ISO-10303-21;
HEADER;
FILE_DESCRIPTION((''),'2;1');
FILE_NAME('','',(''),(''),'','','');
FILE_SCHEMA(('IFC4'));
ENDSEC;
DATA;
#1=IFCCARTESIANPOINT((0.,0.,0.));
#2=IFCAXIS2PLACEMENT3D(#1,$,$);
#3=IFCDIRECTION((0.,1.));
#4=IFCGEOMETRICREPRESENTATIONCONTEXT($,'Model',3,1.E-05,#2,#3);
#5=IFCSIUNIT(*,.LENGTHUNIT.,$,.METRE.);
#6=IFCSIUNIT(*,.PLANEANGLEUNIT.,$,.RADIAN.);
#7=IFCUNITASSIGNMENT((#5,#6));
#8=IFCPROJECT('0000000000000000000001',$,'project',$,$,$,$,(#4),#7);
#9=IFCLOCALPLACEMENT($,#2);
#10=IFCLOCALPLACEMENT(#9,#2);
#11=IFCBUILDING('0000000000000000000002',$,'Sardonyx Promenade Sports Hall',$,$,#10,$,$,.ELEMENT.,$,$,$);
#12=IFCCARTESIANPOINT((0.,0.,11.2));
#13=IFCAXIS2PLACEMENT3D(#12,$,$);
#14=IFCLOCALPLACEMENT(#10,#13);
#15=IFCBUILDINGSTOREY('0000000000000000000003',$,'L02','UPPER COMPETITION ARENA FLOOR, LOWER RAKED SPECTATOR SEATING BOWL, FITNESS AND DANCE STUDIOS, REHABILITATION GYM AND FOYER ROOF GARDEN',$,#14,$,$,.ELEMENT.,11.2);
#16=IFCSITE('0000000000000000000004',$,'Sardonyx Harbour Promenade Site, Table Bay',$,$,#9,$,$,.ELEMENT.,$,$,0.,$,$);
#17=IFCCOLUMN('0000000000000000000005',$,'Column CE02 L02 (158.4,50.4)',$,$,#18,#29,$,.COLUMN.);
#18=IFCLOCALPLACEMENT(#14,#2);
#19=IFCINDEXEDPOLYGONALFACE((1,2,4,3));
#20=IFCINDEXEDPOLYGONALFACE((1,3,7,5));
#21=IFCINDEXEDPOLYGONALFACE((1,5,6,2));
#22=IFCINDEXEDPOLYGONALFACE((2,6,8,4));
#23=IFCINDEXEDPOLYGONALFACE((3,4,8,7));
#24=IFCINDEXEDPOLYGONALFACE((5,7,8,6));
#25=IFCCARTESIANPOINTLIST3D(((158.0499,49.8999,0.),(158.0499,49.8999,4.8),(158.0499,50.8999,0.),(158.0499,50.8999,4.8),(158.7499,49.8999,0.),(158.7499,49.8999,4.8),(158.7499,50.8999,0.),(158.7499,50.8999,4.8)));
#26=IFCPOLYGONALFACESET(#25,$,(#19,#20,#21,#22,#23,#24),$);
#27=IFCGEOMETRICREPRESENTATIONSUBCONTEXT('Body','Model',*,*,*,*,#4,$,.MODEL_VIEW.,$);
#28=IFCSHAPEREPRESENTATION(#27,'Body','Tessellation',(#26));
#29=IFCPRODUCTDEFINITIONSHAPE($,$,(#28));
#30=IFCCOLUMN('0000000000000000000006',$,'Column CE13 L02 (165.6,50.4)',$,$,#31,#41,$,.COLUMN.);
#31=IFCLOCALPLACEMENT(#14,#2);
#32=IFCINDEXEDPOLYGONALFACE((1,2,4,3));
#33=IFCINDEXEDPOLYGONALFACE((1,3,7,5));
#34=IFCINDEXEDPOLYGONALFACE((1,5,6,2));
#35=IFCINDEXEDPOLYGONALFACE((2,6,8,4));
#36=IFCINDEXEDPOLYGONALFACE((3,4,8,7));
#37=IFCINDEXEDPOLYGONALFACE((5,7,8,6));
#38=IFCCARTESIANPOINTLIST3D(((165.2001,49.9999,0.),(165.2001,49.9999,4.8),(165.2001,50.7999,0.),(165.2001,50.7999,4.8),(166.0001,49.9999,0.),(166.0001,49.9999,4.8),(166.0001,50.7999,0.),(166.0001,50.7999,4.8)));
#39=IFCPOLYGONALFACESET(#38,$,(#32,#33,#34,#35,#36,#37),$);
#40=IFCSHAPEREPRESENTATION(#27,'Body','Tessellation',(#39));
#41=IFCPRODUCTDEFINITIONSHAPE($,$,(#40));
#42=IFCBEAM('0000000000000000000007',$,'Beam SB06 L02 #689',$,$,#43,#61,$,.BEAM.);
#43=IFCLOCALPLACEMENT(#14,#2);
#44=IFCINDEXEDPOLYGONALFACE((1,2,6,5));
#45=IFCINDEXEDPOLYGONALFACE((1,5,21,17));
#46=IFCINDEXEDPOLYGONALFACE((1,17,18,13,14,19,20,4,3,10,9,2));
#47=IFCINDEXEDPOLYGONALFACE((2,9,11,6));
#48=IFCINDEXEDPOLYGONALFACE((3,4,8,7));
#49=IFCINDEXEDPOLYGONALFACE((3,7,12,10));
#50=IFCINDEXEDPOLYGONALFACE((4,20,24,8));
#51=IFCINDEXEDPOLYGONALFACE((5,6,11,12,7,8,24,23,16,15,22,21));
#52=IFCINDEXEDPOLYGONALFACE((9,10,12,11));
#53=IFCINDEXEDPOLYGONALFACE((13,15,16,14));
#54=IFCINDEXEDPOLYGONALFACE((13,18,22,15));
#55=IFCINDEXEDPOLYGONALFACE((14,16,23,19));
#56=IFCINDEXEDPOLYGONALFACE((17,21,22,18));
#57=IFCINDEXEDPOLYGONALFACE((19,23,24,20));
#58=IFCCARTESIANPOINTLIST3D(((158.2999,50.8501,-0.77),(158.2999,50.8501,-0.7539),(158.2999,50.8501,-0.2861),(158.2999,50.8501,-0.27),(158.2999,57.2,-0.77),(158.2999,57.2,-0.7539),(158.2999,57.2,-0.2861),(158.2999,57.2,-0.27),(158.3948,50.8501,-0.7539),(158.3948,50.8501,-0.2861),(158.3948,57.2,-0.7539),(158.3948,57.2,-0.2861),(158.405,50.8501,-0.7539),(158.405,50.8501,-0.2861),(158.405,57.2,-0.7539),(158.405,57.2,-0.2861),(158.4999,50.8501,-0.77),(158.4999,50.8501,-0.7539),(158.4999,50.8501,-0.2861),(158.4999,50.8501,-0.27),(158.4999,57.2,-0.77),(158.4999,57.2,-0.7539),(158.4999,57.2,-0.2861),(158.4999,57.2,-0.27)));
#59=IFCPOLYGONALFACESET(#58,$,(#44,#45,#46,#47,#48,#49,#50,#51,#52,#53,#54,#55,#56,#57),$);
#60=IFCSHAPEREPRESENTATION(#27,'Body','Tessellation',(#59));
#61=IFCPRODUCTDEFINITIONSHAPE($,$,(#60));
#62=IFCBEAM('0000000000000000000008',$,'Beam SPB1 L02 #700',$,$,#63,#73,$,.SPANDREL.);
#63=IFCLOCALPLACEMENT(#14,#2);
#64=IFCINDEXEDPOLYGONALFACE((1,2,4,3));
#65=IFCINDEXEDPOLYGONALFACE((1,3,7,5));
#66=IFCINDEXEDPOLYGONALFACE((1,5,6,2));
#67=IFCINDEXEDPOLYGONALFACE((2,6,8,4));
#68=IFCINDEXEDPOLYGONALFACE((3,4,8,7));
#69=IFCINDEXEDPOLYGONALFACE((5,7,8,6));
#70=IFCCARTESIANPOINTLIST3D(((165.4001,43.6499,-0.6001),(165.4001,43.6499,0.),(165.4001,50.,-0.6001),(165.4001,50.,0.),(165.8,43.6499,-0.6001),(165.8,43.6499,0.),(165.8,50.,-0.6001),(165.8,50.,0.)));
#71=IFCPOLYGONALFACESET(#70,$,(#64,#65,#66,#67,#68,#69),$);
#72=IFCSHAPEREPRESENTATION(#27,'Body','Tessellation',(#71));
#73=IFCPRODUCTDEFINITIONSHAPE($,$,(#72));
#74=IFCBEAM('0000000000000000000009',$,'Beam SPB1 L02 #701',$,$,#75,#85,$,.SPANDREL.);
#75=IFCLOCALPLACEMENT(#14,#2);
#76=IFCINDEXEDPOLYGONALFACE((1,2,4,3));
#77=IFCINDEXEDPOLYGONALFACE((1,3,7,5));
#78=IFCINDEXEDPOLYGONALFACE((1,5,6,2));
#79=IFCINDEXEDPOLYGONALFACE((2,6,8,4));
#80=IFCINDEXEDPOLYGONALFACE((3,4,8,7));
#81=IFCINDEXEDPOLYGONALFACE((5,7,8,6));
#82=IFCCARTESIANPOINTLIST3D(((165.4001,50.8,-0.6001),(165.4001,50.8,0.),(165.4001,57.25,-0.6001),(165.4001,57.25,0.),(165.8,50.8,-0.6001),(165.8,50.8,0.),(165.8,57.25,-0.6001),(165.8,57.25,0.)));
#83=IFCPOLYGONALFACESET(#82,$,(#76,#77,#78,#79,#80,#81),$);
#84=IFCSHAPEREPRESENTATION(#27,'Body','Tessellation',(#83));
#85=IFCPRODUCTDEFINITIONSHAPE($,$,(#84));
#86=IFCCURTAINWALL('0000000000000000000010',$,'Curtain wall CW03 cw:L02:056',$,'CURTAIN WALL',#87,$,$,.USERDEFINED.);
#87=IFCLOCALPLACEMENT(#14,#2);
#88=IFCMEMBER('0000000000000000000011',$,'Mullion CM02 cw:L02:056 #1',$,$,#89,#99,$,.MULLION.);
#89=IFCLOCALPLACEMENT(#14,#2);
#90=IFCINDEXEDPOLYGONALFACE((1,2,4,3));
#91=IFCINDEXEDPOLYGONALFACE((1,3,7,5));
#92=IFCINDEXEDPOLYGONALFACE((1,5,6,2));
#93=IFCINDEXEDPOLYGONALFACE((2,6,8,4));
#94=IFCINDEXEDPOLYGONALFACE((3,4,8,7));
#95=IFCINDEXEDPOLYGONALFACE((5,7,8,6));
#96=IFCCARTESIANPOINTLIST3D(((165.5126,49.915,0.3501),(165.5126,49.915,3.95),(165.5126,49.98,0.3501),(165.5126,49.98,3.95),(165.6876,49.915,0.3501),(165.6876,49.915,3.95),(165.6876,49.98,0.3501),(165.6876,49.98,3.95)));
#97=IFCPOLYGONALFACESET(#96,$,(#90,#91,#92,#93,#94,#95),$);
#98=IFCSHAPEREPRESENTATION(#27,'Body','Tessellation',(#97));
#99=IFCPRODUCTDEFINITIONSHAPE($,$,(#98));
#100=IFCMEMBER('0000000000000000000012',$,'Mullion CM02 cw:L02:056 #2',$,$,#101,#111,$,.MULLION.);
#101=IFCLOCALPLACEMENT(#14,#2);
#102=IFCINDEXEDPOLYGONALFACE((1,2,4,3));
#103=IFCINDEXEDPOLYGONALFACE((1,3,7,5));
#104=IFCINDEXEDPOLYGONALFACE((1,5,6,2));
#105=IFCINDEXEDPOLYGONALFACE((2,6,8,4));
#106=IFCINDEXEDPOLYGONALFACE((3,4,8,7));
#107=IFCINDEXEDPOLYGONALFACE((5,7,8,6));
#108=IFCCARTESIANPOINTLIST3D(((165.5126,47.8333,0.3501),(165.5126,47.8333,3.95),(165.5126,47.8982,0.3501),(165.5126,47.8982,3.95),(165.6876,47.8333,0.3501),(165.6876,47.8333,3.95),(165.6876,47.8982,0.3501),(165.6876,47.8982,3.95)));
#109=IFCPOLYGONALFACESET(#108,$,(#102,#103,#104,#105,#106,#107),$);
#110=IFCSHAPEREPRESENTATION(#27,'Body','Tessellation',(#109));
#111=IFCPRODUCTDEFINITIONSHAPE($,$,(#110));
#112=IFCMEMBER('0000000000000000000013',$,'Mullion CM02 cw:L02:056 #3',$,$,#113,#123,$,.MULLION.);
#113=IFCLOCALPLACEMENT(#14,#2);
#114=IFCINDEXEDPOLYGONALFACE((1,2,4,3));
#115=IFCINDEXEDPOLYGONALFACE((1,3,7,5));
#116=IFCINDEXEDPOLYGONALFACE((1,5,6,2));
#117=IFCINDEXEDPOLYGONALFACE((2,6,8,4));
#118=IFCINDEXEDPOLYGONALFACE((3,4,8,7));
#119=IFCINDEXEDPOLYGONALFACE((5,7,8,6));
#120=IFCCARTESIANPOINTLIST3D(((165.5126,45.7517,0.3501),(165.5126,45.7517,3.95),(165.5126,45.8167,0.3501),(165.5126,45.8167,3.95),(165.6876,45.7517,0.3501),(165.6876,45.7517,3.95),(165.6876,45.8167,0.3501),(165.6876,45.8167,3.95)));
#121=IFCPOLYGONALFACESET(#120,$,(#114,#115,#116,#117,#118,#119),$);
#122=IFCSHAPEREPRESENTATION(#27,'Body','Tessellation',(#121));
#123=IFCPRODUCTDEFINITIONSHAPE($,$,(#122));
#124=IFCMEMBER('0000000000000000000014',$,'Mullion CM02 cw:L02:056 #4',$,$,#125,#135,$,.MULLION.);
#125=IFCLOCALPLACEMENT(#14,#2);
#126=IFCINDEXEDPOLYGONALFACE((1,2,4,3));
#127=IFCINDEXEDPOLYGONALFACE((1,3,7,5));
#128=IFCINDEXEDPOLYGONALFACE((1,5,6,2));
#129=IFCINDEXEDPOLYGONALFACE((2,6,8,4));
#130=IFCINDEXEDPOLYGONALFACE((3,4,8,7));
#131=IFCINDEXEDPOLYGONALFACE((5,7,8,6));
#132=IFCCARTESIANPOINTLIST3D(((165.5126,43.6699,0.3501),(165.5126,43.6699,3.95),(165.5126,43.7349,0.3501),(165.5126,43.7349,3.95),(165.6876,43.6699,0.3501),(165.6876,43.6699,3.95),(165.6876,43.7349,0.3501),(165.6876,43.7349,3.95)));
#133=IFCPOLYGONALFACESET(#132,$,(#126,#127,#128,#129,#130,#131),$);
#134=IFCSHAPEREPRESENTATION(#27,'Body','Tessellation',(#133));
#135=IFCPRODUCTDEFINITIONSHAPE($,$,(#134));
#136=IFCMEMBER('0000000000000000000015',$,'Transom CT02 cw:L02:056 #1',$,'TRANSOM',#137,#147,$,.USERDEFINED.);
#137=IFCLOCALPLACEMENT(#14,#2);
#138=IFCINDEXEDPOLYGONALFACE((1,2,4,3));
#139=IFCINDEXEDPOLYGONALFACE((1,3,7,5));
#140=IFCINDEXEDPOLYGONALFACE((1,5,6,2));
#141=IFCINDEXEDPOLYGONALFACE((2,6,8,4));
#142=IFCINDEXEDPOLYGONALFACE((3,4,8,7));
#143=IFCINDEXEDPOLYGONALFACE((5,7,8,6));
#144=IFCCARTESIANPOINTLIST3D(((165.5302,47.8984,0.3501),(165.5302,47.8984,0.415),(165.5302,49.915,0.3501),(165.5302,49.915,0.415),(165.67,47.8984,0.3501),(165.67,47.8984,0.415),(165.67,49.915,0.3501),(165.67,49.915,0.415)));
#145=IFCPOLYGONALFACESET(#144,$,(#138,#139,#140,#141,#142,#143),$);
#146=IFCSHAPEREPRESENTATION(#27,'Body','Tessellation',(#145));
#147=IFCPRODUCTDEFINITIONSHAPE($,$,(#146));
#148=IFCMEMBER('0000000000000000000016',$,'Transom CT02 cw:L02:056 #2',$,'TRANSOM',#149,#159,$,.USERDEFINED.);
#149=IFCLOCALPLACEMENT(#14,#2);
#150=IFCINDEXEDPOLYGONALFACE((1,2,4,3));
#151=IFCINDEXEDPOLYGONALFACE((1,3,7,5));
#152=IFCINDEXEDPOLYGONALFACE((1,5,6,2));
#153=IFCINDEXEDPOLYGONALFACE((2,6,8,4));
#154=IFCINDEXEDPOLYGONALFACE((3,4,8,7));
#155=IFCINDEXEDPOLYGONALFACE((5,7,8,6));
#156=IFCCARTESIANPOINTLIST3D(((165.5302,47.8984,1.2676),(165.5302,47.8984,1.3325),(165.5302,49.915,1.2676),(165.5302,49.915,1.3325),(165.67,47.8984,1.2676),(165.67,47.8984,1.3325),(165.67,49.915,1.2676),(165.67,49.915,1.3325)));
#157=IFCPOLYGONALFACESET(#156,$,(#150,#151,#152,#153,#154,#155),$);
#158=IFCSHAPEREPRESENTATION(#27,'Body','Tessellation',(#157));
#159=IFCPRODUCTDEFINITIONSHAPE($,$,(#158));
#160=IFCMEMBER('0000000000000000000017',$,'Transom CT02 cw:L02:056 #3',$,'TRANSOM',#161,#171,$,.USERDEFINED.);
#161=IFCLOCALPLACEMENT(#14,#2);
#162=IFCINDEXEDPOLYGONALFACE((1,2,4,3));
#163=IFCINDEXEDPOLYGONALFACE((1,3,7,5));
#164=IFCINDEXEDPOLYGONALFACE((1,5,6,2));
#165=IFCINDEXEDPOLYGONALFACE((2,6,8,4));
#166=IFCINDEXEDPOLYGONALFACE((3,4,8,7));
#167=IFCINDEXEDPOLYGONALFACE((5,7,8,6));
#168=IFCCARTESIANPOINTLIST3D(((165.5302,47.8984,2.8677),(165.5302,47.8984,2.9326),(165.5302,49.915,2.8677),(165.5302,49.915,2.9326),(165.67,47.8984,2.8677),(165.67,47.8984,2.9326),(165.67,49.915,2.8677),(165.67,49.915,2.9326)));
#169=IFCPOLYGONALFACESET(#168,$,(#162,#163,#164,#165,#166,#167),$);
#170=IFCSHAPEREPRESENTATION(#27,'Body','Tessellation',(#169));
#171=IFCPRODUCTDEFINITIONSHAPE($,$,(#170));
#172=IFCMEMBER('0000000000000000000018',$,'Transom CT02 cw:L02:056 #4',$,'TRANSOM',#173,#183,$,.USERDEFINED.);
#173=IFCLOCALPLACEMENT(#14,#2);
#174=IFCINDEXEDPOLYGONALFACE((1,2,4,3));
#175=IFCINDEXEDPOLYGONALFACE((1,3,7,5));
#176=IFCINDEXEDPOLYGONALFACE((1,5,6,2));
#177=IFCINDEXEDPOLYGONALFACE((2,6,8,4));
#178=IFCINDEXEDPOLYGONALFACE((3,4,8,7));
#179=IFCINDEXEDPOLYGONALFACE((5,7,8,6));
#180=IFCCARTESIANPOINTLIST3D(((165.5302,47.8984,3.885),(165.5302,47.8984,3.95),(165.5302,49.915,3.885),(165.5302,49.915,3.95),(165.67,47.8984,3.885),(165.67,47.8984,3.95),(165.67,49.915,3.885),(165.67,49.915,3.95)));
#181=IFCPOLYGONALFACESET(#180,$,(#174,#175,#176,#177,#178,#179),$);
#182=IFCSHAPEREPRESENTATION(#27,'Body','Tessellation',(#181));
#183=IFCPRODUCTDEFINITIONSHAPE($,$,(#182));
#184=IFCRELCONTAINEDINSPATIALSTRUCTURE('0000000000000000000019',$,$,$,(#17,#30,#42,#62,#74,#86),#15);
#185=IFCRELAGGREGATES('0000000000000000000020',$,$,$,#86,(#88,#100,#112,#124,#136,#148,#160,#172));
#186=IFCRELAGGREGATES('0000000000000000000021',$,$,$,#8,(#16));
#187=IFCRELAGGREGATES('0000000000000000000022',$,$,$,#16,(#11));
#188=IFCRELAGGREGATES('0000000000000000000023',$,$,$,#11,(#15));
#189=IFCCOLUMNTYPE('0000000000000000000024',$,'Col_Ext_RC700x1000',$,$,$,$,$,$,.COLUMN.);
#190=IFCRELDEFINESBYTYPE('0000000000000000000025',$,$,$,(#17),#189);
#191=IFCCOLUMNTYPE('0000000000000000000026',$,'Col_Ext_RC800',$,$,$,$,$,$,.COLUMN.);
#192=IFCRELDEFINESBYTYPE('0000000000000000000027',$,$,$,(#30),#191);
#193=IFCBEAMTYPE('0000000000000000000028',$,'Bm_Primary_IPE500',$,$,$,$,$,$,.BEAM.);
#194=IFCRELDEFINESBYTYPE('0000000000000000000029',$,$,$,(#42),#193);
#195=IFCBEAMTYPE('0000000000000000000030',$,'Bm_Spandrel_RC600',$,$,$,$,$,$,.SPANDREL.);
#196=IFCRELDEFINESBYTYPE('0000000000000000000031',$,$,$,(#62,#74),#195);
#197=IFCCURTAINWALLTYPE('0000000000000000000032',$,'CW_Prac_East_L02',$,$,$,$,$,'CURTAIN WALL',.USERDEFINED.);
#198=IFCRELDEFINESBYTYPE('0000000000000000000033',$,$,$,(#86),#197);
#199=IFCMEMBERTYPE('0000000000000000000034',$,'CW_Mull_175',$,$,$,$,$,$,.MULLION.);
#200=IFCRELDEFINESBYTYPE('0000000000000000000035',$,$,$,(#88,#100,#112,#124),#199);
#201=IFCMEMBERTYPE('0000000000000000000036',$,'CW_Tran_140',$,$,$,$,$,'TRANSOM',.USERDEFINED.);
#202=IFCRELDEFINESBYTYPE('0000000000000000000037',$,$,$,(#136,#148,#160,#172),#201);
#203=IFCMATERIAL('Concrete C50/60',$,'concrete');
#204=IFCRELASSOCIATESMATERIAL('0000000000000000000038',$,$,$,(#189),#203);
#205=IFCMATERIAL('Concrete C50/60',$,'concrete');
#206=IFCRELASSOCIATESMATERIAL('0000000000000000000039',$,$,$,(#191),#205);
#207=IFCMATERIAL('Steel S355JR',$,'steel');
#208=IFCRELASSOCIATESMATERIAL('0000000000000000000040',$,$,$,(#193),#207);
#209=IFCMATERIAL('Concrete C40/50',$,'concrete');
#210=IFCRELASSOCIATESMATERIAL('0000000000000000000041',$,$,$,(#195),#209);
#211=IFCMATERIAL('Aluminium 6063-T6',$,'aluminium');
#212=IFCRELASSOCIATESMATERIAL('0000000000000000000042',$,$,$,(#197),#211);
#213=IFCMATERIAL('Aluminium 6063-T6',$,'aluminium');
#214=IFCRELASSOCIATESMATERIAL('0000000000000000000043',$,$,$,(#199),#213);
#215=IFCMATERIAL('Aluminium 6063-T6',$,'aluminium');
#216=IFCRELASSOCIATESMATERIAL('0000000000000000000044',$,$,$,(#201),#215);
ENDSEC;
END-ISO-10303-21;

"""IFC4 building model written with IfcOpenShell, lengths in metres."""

from ifc_helpers import new_model, si_unit, direction, frame, origin, origin_2d, place, context, subcontext, project, spatial, rectangle, i_section, extrude, material, material_profile, profile_set, type_object, element, aggregate, save


model = new_model("IFC4")

# Units and contexts
model_context = context("Model", 3, precision=1e-05, world=origin(), true_north=direction((0.0, 1.0)))
body_context = subcontext(model_context, "Body", "Model", "MODEL_VIEW")
ifc_project = project(units=[si_unit("LENGTHUNIT", "METRE"), si_unit("PLANEANGLEUNIT", "RADIAN")], contexts=[model_context])

# Site, building, storey
site_placement = place(None, origin())
site = spatial("IfcSite", under=ifc_project, at=site_placement, Name="Sardonyx Harbour Promenade Site, Table Bay", CompositionType="ELEMENT", RefElevation=0.0)
building_placement = place(site_placement, origin())
building = spatial("IfcBuilding", under=site, at=building_placement, Name="Sardonyx Promenade Sports Hall", CompositionType="ELEMENT")
storey_placement = place(building_placement, frame((0.0, 0.0, 11.2)))
storey = spatial("IfcBuildingStorey", under=building, at=storey_placement, Name="L02", Description="UPPER COMPETITION ARENA FLOOR, LOWER RAKED SPECTATOR SEATING BOWL, FITNESS AND DANCE STUDIOS, REHABILITATION GYM AND FOYER ROOF GARDEN", CompositionType="ELEMENT", Elevation=11.2)

# Columns
ifc_material_1 = material(Name="Concrete C50/60", Category="concrete")
ifc_material_profile_1 = material_profile(ifc_material_1, rectangle(XDim=0.7, YDim=1.0, at=origin_2d()))
ifc_profile_set_1 = profile_set([ifc_material_profile_1], Name="Concrete C50/60")
column_type_1 = type_object("IfcColumnType", Name="Col_Ext_RC700x1000", PredefinedType="COLUMN", material=ifc_profile_set_1)
column_1_placement = place(storey_placement, frame((158.3999, 50.3999, 0.0), z_axis=(0.0, 0.0, 1.0), x_axis=(1.0, 0.0, 0.0)))
element("IfcColumn", 1, at=column_1_placement, inside=storey, type_object=column_type_1, Name="Column CE02 L02 (158.4,50.4)", PredefinedType="COLUMN", context=body_context, shape_type="SweptSolid", body=[
    extrude(rectangle(XDim=0.7, YDim=1.0, at=origin_2d()), origin(), (0.0, 0.0, 1.0), 4.8),
])
ifc_material_2 = material(Name="Concrete C50/60", Category="concrete")
ifc_material_profile_2 = material_profile(ifc_material_2, rectangle(XDim=0.8, YDim=0.8, at=origin_2d()))
ifc_profile_set_2 = profile_set([ifc_material_profile_2], Name="Concrete C50/60")
column_type_2 = type_object("IfcColumnType", Name="Col_Ext_RC800", PredefinedType="COLUMN", material=ifc_profile_set_2)
column_2_placement = place(storey_placement, frame((165.6001, 50.3999, 0.0), z_axis=(0.0, 0.0, 1.0), x_axis=(1.0, 0.0, 0.0)))
element("IfcColumn", 2, at=column_2_placement, inside=storey, type_object=column_type_2, Name="Column CE13 L02 (165.6,50.4)", PredefinedType="COLUMN", context=body_context, shape_type="SweptSolid", body=[
    extrude(rectangle(XDim=0.8, YDim=0.8, at=origin_2d()), origin(), (0.0, 0.0, 1.0), 4.8),
])

# Beams
ifc_material_3 = material(Name="Steel S355JR", Category="steel")
ifc_material_profile_3 = material_profile(ifc_material_3, i_section(OverallWidth=0.2, OverallDepth=0.5, WebThickness=0.0103, FlangeThickness=0.0161, at=origin_2d()))
ifc_profile_set_3 = profile_set([ifc_material_profile_3], Name="Steel S355JR")
beam_type_1 = type_object("IfcBeamType", Name="Bm_Primary_IPE500", PredefinedType="BEAM", material=ifc_profile_set_3)
beam_1_placement = place(storey_placement, frame((158.3999, 50.8501, -0.52), z_axis=(0.0, 1.0, 0.0), x_axis=(-1.0, 0.0, 0.0)))
element("IfcBeam", 3, at=beam_1_placement, inside=storey, type_object=beam_type_1, Name="Beam SB06 L02 #689", PredefinedType="BEAM", context=body_context, shape_type="SweptSolid", body=[
    extrude(i_section(OverallWidth=0.2, OverallDepth=0.5, WebThickness=0.0103, FlangeThickness=0.0161, at=origin_2d()), origin(), (0.0, 0.0, 1.0), 6.3499),
])
ifc_material_4 = material(Name="Concrete C40/50", Category="concrete")
ifc_material_profile_4 = material_profile(ifc_material_4, rectangle(XDim=0.3999, YDim=0.6001, at=origin_2d()))
ifc_profile_set_4 = profile_set([ifc_material_profile_4], Name="Concrete C40/50")
beam_type_2 = type_object("IfcBeamType", Name="Bm_Spandrel_RC600", PredefinedType="SPANDREL", material=ifc_profile_set_4)
beam_2_placement = place(storey_placement, frame((165.6001, 43.6499, -0.3), z_axis=(0.0, 1.0, 0.0), x_axis=(-1.0, 0.0, 0.0)))
element("IfcBeam", 4, at=beam_2_placement, inside=storey, type_object=beam_type_2, Name="Beam SPB1 L02 #700", PredefinedType="SPANDREL", context=body_context, shape_type="SweptSolid", body=[
    extrude(rectangle(XDim=0.3999, YDim=0.6001, at=origin_2d()), origin(), (0.0, 0.0, 1.0), 6.3501),
])
beam_3_placement = place(storey_placement, frame((165.6001, 50.8, -0.3), z_axis=(0.0, 1.0, 0.0), x_axis=(-1.0, 0.0, 0.0)))
element("IfcBeam", 5, at=beam_3_placement, inside=storey, type_object=beam_type_2, Name="Beam SPB1 L02 #701", PredefinedType="SPANDREL", context=body_context, shape_type="SweptSolid", body=[
    extrude(rectangle(XDim=0.3999, YDim=0.6001, at=origin_2d()), origin(), (0.0, 0.0, 1.0), 6.45),
])

# Curtain wall, members
ifc_material_5 = material(Name="Aluminium 6063-T6", Category="aluminium")
curtain_wall_type = type_object("IfcCurtainWallType", Name="CW_Prac_East_L02", ElementType="CURTAIN WALL", PredefinedType="USERDEFINED", material=ifc_material_5)
curtain_wall_placement = place(storey_placement, origin())
curtain_wall = element("IfcCurtainWall", 6, at=curtain_wall_placement, inside=storey, type_object=curtain_wall_type, Name="Curtain wall CW03 cw:L02:056", ObjectType="CURTAIN WALL", PredefinedType="USERDEFINED")
ifc_material_6 = material(Name="Aluminium 6063-T6", Category="aluminium")
ifc_material_profile_5 = material_profile(ifc_material_6, rectangle(XDim=0.0649, YDim=0.175, at=origin_2d()))
ifc_profile_set_5 = profile_set([ifc_material_profile_5], Name="Aluminium 6063-T6")
member_type_1 = type_object("IfcMemberType", Name="CW_Mull_175", PredefinedType="MULLION", material=ifc_profile_set_5)
member_1_placement = place(storey_placement, frame((165.6001, 49.9475, 0.3501), z_axis=(0.0, 0.0, 1.0), x_axis=(0.0, -1.0, 0.0)))
member_1 = element("IfcMember", 7, at=member_1_placement, type_object=member_type_1, Name="Mullion CM02 cw:L02:056 #1", PredefinedType="MULLION", context=body_context, shape_type="SweptSolid", body=[
    extrude(rectangle(XDim=0.0649, YDim=0.175, at=origin_2d()), origin(), (0.0, 0.0, 1.0), 3.5999),
])
member_2_placement = place(storey_placement, frame((165.6001, 47.8657, 0.3501), z_axis=(0.0, 0.0, 1.0), x_axis=(0.0, -1.0, 0.0)))
member_2 = element("IfcMember", 8, at=member_2_placement, type_object=member_type_1, Name="Mullion CM02 cw:L02:056 #2", PredefinedType="MULLION", context=body_context, shape_type="SweptSolid", body=[
    extrude(rectangle(XDim=0.0649, YDim=0.175, at=origin_2d()), origin(), (0.0, 0.0, 1.0), 3.5999),
])
member_3_placement = place(storey_placement, frame((165.6001, 45.7842, 0.3501), z_axis=(0.0, 0.0, 1.0), x_axis=(0.0, -1.0, 0.0)))
member_3 = element("IfcMember", 9, at=member_3_placement, type_object=member_type_1, Name="Mullion CM02 cw:L02:056 #3", PredefinedType="MULLION", context=body_context, shape_type="SweptSolid", body=[
    extrude(rectangle(XDim=0.0649, YDim=0.175, at=origin_2d()), origin(), (0.0, 0.0, 1.0), 3.5999),
])
member_4_placement = place(storey_placement, frame((165.6001, 43.7024, 0.3501), z_axis=(0.0, 0.0, 1.0), x_axis=(0.0, -1.0, 0.0)))
member_4 = element("IfcMember", 10, at=member_4_placement, type_object=member_type_1, Name="Mullion CM02 cw:L02:056 #4", PredefinedType="MULLION", context=body_context, shape_type="SweptSolid", body=[
    extrude(rectangle(XDim=0.0649, YDim=0.175, at=origin_2d()), origin(), (0.0, 0.0, 1.0), 3.5999),
])
ifc_material_7 = material(Name="Aluminium 6063-T6", Category="aluminium")
ifc_material_profile_6 = material_profile(ifc_material_7, rectangle(XDim=0.0649, YDim=0.1399, at=origin_2d()))
ifc_profile_set_6 = profile_set([ifc_material_profile_6], Name="Aluminium 6063-T6")
member_type_2 = type_object("IfcMemberType", Name="CW_Tran_140", ElementType="TRANSOM", PredefinedType="USERDEFINED", material=ifc_profile_set_6)
member_5_placement = place(storey_placement, frame((165.6001, 49.915, 0.3826), z_axis=(0.0, -1.0, 0.0), x_axis=(0.0, 0.0, 1.0)))
member_5 = element("IfcMember", 11, at=member_5_placement, type_object=member_type_2, Name="Transom CT02 cw:L02:056 #1", ObjectType="TRANSOM", PredefinedType="USERDEFINED", context=body_context, shape_type="SweptSolid", body=[
    extrude(rectangle(XDim=0.0649, YDim=0.1399, at=origin_2d()), origin(), (0.0, 0.0, 1.0), 2.0166),
])
member_6_placement = place(storey_placement, frame((165.6001, 49.915, 1.3), z_axis=(0.0, -1.0, 0.0), x_axis=(0.0, 0.0, 1.0)))
member_6 = element("IfcMember", 12, at=member_6_placement, type_object=member_type_2, Name="Transom CT02 cw:L02:056 #2", ObjectType="TRANSOM", PredefinedType="USERDEFINED", context=body_context, shape_type="SweptSolid", body=[
    extrude(rectangle(XDim=0.0649, YDim=0.1399, at=origin_2d()), origin(), (0.0, 0.0, 1.0), 2.0166),
])
member_7_placement = place(storey_placement, frame((165.6001, 49.915, 2.9001), z_axis=(0.0, -1.0, 0.0), x_axis=(0.0, 0.0, 1.0)))
member_7 = element("IfcMember", 13, at=member_7_placement, type_object=member_type_2, Name="Transom CT02 cw:L02:056 #3", ObjectType="TRANSOM", PredefinedType="USERDEFINED", context=body_context, shape_type="SweptSolid", body=[
    extrude(rectangle(XDim=0.0649, YDim=0.1399, at=origin_2d()), origin(), (0.0, 0.0, 1.0), 2.0166),
])
member_8_placement = place(storey_placement, frame((165.6001, 49.915, 3.9175), z_axis=(0.0, -1.0, 0.0), x_axis=(0.0, 0.0, 1.0)))
member_8 = element("IfcMember", 14, at=member_8_placement, type_object=member_type_2, Name="Transom CT02 cw:L02:056 #4", ObjectType="TRANSOM", PredefinedType="USERDEFINED", context=body_context, shape_type="SweptSolid", body=[
    extrude(rectangle(XDim=0.0649, YDim=0.1399, at=origin_2d()), origin(), (0.0, 0.0, 1.0), 2.0166),
])
aggregate(curtain_wall, [member_1, member_2, member_3, member_4, member_5, member_6, member_7, member_8])

save(model, "model.ifc")
